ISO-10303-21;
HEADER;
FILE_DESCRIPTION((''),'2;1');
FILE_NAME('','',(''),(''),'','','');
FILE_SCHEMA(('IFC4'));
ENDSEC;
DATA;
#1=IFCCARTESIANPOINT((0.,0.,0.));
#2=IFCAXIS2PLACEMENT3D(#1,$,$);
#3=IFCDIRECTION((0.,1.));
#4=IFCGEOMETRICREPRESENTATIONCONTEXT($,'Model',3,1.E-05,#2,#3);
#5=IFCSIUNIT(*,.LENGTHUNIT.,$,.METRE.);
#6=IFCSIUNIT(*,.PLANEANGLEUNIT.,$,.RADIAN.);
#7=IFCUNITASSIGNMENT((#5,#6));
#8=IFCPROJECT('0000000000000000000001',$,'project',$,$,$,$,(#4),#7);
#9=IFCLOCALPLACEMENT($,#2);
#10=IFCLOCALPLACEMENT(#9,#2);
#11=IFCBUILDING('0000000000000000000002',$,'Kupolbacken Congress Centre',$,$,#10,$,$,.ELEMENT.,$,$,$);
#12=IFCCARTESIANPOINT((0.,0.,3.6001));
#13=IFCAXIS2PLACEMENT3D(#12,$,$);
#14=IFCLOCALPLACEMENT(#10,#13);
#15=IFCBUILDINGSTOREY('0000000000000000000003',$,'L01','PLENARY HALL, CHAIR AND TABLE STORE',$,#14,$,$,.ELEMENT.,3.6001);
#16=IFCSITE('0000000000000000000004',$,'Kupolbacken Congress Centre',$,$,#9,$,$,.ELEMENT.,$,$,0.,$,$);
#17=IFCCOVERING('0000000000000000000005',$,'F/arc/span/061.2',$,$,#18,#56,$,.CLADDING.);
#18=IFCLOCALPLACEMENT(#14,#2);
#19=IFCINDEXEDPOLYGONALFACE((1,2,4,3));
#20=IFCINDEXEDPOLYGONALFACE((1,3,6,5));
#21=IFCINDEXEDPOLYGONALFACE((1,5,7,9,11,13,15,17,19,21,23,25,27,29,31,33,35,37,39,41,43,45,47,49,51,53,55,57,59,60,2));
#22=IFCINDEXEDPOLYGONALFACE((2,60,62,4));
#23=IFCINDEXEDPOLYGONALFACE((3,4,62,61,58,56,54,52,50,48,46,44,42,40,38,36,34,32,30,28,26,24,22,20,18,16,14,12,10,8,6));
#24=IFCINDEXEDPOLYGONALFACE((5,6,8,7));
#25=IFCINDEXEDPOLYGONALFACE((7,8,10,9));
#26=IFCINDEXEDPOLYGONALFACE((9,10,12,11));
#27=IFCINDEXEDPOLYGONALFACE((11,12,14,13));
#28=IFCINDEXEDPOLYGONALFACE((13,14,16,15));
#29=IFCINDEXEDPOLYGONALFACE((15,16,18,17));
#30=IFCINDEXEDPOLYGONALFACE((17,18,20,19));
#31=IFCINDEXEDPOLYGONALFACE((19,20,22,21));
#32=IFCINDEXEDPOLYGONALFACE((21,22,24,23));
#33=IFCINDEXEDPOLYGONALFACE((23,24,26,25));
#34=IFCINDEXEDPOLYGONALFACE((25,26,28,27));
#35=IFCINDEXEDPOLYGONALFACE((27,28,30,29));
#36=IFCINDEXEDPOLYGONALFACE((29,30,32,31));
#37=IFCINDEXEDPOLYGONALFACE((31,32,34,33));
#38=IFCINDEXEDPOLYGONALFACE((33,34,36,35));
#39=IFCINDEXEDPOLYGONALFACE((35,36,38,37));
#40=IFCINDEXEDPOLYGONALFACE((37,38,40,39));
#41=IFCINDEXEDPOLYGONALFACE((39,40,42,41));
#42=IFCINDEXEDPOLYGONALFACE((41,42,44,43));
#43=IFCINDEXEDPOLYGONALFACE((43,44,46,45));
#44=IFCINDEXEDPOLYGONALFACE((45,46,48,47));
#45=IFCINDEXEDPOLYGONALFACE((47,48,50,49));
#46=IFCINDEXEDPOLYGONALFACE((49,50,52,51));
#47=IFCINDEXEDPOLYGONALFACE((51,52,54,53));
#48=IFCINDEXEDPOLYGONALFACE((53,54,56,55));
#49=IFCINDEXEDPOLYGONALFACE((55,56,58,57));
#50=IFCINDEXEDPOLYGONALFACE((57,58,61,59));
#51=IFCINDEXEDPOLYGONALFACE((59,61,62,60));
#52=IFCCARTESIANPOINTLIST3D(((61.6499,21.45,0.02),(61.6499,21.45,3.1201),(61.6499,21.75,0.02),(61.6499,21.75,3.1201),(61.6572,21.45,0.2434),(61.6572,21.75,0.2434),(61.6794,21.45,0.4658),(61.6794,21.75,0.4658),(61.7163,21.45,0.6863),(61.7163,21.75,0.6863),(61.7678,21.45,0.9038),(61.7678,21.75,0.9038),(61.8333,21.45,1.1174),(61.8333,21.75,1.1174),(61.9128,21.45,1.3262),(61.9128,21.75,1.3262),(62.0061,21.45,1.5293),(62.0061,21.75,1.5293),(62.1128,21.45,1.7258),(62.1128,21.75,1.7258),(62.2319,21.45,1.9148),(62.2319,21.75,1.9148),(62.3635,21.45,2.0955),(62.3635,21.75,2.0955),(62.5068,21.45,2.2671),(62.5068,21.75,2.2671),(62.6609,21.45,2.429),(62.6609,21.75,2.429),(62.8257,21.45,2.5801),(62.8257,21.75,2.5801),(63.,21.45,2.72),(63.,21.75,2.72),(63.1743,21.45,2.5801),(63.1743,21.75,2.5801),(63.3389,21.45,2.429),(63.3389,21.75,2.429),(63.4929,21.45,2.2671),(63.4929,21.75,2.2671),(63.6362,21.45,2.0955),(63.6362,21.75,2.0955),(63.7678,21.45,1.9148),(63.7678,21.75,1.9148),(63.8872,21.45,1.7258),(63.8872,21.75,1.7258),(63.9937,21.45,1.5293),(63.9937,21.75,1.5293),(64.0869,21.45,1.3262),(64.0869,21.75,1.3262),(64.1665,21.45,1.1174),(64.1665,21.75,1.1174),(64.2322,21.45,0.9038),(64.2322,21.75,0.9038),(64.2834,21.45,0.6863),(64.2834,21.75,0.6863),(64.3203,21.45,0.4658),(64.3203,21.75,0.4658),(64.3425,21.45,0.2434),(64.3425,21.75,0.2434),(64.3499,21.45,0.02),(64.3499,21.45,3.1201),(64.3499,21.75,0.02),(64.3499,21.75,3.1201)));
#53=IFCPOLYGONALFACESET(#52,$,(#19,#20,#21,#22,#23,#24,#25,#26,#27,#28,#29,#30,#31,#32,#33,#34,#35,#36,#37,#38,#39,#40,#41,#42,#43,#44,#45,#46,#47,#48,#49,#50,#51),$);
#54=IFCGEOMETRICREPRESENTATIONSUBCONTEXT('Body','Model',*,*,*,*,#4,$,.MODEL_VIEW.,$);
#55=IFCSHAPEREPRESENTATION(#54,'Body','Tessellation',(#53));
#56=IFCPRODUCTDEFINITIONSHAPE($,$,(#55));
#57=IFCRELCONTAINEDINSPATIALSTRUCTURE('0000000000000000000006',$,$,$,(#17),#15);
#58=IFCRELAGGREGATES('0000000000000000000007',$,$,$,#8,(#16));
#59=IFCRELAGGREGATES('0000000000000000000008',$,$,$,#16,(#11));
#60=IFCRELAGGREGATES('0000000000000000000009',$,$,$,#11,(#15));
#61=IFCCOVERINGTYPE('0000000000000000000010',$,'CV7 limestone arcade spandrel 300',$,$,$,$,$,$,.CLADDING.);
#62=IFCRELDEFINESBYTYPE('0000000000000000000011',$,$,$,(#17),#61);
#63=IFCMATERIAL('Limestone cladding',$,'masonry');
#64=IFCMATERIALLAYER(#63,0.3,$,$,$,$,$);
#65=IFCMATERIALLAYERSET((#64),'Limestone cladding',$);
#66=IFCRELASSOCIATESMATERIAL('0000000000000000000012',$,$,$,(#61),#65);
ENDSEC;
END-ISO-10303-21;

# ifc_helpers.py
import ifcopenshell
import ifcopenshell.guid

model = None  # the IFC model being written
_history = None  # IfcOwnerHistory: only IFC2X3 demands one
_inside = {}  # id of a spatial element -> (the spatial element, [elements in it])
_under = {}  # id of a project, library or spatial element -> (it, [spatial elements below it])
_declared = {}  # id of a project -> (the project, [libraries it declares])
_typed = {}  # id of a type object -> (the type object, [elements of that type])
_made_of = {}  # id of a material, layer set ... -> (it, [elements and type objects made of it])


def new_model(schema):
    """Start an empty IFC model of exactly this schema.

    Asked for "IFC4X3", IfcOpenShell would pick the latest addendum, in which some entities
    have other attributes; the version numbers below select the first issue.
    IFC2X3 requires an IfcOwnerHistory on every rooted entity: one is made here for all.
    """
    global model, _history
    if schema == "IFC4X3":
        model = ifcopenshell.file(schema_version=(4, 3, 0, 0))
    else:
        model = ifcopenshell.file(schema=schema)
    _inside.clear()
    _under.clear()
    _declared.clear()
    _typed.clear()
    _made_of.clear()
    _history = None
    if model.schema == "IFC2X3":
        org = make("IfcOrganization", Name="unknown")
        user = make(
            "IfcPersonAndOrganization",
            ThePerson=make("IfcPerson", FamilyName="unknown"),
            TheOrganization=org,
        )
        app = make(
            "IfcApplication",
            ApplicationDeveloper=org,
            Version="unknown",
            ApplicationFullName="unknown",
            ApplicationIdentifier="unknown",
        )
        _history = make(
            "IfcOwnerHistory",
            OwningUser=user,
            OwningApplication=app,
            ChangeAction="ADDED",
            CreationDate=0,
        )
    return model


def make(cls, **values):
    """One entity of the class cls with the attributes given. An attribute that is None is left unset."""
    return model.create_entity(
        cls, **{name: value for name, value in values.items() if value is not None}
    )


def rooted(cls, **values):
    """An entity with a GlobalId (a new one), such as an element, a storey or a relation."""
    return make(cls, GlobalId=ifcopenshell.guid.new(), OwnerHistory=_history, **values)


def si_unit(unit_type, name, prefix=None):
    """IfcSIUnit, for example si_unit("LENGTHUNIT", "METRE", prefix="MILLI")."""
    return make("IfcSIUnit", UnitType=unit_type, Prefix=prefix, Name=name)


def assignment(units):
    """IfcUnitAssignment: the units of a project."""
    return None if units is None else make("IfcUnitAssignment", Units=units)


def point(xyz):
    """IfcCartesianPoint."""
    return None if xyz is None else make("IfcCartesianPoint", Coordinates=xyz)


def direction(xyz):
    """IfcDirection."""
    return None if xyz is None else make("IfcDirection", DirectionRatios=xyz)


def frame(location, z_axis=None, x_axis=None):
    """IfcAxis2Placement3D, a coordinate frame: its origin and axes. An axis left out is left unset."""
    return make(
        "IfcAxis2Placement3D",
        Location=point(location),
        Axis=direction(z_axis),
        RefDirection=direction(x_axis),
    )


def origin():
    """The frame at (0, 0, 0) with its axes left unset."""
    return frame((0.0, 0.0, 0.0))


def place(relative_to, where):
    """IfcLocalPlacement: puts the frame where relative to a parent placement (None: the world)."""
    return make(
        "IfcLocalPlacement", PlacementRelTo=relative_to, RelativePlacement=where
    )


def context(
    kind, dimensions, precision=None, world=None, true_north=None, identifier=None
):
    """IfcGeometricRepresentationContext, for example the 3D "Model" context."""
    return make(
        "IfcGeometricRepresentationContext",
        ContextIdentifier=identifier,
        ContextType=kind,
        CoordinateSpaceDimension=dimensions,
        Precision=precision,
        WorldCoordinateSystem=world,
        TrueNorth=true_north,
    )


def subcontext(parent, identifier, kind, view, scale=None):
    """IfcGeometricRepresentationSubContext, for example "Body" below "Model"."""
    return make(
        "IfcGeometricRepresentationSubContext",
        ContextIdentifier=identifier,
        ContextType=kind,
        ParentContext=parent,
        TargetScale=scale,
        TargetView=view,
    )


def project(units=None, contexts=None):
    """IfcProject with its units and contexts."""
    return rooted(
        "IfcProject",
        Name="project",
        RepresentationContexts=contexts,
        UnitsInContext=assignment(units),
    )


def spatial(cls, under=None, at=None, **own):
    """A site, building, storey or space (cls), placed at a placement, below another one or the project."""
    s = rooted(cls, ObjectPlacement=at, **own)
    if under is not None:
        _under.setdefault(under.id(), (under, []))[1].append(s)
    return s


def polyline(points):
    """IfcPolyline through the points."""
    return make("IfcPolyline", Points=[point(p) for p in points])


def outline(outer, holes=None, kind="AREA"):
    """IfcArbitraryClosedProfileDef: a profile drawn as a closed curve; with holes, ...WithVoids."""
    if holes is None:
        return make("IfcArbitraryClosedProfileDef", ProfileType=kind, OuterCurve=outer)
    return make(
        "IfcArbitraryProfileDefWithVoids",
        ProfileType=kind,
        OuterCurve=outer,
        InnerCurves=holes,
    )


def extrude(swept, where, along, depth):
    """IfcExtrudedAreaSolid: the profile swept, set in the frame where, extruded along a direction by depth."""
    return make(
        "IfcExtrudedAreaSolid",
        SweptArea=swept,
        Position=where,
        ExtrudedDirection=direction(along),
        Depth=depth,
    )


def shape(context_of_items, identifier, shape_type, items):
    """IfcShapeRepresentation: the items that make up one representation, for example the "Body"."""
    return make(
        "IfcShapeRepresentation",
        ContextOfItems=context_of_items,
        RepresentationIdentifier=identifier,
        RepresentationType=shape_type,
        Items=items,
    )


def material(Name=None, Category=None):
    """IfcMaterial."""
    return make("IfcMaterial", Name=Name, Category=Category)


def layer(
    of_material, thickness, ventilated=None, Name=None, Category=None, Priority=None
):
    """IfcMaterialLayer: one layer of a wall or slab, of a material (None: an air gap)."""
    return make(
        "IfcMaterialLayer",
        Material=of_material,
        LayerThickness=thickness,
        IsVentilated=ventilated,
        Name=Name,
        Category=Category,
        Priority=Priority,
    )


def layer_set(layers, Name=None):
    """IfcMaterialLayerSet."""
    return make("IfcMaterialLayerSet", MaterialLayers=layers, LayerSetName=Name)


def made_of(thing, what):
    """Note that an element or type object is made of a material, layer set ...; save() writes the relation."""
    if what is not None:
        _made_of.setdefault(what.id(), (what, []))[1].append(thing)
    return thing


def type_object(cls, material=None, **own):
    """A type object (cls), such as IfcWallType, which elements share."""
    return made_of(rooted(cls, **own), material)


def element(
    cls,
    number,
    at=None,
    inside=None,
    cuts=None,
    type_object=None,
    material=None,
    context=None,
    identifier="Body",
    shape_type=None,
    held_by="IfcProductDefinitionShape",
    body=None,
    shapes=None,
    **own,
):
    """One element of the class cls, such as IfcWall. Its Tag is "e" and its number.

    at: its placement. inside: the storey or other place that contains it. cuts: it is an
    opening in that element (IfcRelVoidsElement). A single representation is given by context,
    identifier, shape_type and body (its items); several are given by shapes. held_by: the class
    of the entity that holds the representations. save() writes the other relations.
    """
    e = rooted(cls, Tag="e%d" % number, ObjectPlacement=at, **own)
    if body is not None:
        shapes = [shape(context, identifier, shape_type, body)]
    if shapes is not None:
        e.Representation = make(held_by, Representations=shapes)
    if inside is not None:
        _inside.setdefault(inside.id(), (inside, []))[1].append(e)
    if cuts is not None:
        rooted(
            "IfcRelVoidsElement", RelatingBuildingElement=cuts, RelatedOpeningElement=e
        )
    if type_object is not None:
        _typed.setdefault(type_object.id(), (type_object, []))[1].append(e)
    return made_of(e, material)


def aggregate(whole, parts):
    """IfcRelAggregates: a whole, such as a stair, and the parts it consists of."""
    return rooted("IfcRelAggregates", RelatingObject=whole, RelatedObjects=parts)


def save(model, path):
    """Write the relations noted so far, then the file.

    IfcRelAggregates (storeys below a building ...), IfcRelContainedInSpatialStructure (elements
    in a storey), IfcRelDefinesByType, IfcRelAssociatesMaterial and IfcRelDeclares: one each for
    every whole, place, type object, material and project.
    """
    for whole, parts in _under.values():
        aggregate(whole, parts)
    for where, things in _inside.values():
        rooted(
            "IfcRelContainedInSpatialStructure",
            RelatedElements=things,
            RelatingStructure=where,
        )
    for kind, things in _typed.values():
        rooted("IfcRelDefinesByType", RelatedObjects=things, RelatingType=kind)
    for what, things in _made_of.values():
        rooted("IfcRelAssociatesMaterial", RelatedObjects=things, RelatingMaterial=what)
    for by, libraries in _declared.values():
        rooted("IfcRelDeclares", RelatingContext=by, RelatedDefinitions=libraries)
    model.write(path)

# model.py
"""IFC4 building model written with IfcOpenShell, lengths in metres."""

from ifc_helpers import new_model, si_unit, direction, frame, origin, place, context, subcontext, project, spatial, polyline, outline, extrude, material, layer, layer_set, type_object, element, save


model = new_model("IFC4")

# Units and contexts
model_context = context("Model", 3, precision=1e-05, world=origin(), true_north=direction((0.0, 1.0)))
body_context = subcontext(model_context, "Body", "Model", "MODEL_VIEW")
ifc_project = project(units=[si_unit("LENGTHUNIT", "METRE"), si_unit("PLANEANGLEUNIT", "RADIAN")], contexts=[model_context])

# Site, building, storey
site_placement = place(None, origin())
site = spatial("IfcSite", under=ifc_project, at=site_placement, Name="Kupolbacken Congress Centre", CompositionType="ELEMENT", RefElevation=0.0)
building_placement = place(site_placement, origin())
building = spatial("IfcBuilding", under=site, at=building_placement, Name="Kupolbacken Congress Centre", CompositionType="ELEMENT")
storey_placement = place(building_placement, frame((0.0, 0.0, 3.6001)))
storey = spatial("IfcBuildingStorey", under=building, at=storey_placement, Name="L01", Description="PLENARY HALL, CHAIR AND TABLE STORE", CompositionType="ELEMENT", Elevation=3.6001)

# Covering
ifc_material_1 = material(Name="Limestone cladding", Category="masonry")
ifc_layer_1 = layer(ifc_material_1, 0.3)
ifc_layer_set_1 = layer_set([ifc_layer_1], Name="Limestone cladding")
covering_type = type_object("IfcCoveringType", Name="CV7 limestone arcade spandrel 300", PredefinedType="CLADDING", material=ifc_layer_set_1)
covering_1_placement = place(storey_placement, frame((61.6499, 21.45, 0.02), z_axis=(0.0, 1.0, 0.0), x_axis=(-1.0, 0.0, 0.0)))
element("IfcCovering", 1, at=covering_1_placement, inside=storey, type_object=covering_type, Name="F/arc/span/061.2", PredefinedType="CLADDING", context=body_context, shape_type="SweptSolid", body=[
    extrude(outline(polyline([(0.0, 0.0), (0.0, 3.1001), (-2.7, 3.1001), (-2.7, 0.0), (-2.6926, 0.2234), (-2.6704, 0.4458), (-2.6335, 0.6663), (-2.5823, 0.8838), (-2.5166, 1.0974), (-2.437, 1.3062), (-2.3438, 1.5093), (-2.2373, 1.7058), (-2.1179, 1.8948), (-1.9863, 2.0754), (-1.843, 2.2471), (-1.689, 2.4089), (-1.5244, 2.5601), (-1.3501, 2.7), (-1.1758, 2.5601), (-1.011, 2.4089), (-0.8569, 2.2471), (-0.7136, 2.0754), (-0.582, 1.8948), (-0.4629, 1.7058), (-0.3562, 1.5093), (-0.2629, 1.3062), (-0.1833, 1.0974), (-0.1179, 0.8838), (-0.0664, 0.6663), (-0.0295, 0.4458), (-0.0073, 0.2234), (0.0, 0.0)])), origin(), (0.0, 0.0, 1.0), 0.3),
])

save(model, "model.ifc")
